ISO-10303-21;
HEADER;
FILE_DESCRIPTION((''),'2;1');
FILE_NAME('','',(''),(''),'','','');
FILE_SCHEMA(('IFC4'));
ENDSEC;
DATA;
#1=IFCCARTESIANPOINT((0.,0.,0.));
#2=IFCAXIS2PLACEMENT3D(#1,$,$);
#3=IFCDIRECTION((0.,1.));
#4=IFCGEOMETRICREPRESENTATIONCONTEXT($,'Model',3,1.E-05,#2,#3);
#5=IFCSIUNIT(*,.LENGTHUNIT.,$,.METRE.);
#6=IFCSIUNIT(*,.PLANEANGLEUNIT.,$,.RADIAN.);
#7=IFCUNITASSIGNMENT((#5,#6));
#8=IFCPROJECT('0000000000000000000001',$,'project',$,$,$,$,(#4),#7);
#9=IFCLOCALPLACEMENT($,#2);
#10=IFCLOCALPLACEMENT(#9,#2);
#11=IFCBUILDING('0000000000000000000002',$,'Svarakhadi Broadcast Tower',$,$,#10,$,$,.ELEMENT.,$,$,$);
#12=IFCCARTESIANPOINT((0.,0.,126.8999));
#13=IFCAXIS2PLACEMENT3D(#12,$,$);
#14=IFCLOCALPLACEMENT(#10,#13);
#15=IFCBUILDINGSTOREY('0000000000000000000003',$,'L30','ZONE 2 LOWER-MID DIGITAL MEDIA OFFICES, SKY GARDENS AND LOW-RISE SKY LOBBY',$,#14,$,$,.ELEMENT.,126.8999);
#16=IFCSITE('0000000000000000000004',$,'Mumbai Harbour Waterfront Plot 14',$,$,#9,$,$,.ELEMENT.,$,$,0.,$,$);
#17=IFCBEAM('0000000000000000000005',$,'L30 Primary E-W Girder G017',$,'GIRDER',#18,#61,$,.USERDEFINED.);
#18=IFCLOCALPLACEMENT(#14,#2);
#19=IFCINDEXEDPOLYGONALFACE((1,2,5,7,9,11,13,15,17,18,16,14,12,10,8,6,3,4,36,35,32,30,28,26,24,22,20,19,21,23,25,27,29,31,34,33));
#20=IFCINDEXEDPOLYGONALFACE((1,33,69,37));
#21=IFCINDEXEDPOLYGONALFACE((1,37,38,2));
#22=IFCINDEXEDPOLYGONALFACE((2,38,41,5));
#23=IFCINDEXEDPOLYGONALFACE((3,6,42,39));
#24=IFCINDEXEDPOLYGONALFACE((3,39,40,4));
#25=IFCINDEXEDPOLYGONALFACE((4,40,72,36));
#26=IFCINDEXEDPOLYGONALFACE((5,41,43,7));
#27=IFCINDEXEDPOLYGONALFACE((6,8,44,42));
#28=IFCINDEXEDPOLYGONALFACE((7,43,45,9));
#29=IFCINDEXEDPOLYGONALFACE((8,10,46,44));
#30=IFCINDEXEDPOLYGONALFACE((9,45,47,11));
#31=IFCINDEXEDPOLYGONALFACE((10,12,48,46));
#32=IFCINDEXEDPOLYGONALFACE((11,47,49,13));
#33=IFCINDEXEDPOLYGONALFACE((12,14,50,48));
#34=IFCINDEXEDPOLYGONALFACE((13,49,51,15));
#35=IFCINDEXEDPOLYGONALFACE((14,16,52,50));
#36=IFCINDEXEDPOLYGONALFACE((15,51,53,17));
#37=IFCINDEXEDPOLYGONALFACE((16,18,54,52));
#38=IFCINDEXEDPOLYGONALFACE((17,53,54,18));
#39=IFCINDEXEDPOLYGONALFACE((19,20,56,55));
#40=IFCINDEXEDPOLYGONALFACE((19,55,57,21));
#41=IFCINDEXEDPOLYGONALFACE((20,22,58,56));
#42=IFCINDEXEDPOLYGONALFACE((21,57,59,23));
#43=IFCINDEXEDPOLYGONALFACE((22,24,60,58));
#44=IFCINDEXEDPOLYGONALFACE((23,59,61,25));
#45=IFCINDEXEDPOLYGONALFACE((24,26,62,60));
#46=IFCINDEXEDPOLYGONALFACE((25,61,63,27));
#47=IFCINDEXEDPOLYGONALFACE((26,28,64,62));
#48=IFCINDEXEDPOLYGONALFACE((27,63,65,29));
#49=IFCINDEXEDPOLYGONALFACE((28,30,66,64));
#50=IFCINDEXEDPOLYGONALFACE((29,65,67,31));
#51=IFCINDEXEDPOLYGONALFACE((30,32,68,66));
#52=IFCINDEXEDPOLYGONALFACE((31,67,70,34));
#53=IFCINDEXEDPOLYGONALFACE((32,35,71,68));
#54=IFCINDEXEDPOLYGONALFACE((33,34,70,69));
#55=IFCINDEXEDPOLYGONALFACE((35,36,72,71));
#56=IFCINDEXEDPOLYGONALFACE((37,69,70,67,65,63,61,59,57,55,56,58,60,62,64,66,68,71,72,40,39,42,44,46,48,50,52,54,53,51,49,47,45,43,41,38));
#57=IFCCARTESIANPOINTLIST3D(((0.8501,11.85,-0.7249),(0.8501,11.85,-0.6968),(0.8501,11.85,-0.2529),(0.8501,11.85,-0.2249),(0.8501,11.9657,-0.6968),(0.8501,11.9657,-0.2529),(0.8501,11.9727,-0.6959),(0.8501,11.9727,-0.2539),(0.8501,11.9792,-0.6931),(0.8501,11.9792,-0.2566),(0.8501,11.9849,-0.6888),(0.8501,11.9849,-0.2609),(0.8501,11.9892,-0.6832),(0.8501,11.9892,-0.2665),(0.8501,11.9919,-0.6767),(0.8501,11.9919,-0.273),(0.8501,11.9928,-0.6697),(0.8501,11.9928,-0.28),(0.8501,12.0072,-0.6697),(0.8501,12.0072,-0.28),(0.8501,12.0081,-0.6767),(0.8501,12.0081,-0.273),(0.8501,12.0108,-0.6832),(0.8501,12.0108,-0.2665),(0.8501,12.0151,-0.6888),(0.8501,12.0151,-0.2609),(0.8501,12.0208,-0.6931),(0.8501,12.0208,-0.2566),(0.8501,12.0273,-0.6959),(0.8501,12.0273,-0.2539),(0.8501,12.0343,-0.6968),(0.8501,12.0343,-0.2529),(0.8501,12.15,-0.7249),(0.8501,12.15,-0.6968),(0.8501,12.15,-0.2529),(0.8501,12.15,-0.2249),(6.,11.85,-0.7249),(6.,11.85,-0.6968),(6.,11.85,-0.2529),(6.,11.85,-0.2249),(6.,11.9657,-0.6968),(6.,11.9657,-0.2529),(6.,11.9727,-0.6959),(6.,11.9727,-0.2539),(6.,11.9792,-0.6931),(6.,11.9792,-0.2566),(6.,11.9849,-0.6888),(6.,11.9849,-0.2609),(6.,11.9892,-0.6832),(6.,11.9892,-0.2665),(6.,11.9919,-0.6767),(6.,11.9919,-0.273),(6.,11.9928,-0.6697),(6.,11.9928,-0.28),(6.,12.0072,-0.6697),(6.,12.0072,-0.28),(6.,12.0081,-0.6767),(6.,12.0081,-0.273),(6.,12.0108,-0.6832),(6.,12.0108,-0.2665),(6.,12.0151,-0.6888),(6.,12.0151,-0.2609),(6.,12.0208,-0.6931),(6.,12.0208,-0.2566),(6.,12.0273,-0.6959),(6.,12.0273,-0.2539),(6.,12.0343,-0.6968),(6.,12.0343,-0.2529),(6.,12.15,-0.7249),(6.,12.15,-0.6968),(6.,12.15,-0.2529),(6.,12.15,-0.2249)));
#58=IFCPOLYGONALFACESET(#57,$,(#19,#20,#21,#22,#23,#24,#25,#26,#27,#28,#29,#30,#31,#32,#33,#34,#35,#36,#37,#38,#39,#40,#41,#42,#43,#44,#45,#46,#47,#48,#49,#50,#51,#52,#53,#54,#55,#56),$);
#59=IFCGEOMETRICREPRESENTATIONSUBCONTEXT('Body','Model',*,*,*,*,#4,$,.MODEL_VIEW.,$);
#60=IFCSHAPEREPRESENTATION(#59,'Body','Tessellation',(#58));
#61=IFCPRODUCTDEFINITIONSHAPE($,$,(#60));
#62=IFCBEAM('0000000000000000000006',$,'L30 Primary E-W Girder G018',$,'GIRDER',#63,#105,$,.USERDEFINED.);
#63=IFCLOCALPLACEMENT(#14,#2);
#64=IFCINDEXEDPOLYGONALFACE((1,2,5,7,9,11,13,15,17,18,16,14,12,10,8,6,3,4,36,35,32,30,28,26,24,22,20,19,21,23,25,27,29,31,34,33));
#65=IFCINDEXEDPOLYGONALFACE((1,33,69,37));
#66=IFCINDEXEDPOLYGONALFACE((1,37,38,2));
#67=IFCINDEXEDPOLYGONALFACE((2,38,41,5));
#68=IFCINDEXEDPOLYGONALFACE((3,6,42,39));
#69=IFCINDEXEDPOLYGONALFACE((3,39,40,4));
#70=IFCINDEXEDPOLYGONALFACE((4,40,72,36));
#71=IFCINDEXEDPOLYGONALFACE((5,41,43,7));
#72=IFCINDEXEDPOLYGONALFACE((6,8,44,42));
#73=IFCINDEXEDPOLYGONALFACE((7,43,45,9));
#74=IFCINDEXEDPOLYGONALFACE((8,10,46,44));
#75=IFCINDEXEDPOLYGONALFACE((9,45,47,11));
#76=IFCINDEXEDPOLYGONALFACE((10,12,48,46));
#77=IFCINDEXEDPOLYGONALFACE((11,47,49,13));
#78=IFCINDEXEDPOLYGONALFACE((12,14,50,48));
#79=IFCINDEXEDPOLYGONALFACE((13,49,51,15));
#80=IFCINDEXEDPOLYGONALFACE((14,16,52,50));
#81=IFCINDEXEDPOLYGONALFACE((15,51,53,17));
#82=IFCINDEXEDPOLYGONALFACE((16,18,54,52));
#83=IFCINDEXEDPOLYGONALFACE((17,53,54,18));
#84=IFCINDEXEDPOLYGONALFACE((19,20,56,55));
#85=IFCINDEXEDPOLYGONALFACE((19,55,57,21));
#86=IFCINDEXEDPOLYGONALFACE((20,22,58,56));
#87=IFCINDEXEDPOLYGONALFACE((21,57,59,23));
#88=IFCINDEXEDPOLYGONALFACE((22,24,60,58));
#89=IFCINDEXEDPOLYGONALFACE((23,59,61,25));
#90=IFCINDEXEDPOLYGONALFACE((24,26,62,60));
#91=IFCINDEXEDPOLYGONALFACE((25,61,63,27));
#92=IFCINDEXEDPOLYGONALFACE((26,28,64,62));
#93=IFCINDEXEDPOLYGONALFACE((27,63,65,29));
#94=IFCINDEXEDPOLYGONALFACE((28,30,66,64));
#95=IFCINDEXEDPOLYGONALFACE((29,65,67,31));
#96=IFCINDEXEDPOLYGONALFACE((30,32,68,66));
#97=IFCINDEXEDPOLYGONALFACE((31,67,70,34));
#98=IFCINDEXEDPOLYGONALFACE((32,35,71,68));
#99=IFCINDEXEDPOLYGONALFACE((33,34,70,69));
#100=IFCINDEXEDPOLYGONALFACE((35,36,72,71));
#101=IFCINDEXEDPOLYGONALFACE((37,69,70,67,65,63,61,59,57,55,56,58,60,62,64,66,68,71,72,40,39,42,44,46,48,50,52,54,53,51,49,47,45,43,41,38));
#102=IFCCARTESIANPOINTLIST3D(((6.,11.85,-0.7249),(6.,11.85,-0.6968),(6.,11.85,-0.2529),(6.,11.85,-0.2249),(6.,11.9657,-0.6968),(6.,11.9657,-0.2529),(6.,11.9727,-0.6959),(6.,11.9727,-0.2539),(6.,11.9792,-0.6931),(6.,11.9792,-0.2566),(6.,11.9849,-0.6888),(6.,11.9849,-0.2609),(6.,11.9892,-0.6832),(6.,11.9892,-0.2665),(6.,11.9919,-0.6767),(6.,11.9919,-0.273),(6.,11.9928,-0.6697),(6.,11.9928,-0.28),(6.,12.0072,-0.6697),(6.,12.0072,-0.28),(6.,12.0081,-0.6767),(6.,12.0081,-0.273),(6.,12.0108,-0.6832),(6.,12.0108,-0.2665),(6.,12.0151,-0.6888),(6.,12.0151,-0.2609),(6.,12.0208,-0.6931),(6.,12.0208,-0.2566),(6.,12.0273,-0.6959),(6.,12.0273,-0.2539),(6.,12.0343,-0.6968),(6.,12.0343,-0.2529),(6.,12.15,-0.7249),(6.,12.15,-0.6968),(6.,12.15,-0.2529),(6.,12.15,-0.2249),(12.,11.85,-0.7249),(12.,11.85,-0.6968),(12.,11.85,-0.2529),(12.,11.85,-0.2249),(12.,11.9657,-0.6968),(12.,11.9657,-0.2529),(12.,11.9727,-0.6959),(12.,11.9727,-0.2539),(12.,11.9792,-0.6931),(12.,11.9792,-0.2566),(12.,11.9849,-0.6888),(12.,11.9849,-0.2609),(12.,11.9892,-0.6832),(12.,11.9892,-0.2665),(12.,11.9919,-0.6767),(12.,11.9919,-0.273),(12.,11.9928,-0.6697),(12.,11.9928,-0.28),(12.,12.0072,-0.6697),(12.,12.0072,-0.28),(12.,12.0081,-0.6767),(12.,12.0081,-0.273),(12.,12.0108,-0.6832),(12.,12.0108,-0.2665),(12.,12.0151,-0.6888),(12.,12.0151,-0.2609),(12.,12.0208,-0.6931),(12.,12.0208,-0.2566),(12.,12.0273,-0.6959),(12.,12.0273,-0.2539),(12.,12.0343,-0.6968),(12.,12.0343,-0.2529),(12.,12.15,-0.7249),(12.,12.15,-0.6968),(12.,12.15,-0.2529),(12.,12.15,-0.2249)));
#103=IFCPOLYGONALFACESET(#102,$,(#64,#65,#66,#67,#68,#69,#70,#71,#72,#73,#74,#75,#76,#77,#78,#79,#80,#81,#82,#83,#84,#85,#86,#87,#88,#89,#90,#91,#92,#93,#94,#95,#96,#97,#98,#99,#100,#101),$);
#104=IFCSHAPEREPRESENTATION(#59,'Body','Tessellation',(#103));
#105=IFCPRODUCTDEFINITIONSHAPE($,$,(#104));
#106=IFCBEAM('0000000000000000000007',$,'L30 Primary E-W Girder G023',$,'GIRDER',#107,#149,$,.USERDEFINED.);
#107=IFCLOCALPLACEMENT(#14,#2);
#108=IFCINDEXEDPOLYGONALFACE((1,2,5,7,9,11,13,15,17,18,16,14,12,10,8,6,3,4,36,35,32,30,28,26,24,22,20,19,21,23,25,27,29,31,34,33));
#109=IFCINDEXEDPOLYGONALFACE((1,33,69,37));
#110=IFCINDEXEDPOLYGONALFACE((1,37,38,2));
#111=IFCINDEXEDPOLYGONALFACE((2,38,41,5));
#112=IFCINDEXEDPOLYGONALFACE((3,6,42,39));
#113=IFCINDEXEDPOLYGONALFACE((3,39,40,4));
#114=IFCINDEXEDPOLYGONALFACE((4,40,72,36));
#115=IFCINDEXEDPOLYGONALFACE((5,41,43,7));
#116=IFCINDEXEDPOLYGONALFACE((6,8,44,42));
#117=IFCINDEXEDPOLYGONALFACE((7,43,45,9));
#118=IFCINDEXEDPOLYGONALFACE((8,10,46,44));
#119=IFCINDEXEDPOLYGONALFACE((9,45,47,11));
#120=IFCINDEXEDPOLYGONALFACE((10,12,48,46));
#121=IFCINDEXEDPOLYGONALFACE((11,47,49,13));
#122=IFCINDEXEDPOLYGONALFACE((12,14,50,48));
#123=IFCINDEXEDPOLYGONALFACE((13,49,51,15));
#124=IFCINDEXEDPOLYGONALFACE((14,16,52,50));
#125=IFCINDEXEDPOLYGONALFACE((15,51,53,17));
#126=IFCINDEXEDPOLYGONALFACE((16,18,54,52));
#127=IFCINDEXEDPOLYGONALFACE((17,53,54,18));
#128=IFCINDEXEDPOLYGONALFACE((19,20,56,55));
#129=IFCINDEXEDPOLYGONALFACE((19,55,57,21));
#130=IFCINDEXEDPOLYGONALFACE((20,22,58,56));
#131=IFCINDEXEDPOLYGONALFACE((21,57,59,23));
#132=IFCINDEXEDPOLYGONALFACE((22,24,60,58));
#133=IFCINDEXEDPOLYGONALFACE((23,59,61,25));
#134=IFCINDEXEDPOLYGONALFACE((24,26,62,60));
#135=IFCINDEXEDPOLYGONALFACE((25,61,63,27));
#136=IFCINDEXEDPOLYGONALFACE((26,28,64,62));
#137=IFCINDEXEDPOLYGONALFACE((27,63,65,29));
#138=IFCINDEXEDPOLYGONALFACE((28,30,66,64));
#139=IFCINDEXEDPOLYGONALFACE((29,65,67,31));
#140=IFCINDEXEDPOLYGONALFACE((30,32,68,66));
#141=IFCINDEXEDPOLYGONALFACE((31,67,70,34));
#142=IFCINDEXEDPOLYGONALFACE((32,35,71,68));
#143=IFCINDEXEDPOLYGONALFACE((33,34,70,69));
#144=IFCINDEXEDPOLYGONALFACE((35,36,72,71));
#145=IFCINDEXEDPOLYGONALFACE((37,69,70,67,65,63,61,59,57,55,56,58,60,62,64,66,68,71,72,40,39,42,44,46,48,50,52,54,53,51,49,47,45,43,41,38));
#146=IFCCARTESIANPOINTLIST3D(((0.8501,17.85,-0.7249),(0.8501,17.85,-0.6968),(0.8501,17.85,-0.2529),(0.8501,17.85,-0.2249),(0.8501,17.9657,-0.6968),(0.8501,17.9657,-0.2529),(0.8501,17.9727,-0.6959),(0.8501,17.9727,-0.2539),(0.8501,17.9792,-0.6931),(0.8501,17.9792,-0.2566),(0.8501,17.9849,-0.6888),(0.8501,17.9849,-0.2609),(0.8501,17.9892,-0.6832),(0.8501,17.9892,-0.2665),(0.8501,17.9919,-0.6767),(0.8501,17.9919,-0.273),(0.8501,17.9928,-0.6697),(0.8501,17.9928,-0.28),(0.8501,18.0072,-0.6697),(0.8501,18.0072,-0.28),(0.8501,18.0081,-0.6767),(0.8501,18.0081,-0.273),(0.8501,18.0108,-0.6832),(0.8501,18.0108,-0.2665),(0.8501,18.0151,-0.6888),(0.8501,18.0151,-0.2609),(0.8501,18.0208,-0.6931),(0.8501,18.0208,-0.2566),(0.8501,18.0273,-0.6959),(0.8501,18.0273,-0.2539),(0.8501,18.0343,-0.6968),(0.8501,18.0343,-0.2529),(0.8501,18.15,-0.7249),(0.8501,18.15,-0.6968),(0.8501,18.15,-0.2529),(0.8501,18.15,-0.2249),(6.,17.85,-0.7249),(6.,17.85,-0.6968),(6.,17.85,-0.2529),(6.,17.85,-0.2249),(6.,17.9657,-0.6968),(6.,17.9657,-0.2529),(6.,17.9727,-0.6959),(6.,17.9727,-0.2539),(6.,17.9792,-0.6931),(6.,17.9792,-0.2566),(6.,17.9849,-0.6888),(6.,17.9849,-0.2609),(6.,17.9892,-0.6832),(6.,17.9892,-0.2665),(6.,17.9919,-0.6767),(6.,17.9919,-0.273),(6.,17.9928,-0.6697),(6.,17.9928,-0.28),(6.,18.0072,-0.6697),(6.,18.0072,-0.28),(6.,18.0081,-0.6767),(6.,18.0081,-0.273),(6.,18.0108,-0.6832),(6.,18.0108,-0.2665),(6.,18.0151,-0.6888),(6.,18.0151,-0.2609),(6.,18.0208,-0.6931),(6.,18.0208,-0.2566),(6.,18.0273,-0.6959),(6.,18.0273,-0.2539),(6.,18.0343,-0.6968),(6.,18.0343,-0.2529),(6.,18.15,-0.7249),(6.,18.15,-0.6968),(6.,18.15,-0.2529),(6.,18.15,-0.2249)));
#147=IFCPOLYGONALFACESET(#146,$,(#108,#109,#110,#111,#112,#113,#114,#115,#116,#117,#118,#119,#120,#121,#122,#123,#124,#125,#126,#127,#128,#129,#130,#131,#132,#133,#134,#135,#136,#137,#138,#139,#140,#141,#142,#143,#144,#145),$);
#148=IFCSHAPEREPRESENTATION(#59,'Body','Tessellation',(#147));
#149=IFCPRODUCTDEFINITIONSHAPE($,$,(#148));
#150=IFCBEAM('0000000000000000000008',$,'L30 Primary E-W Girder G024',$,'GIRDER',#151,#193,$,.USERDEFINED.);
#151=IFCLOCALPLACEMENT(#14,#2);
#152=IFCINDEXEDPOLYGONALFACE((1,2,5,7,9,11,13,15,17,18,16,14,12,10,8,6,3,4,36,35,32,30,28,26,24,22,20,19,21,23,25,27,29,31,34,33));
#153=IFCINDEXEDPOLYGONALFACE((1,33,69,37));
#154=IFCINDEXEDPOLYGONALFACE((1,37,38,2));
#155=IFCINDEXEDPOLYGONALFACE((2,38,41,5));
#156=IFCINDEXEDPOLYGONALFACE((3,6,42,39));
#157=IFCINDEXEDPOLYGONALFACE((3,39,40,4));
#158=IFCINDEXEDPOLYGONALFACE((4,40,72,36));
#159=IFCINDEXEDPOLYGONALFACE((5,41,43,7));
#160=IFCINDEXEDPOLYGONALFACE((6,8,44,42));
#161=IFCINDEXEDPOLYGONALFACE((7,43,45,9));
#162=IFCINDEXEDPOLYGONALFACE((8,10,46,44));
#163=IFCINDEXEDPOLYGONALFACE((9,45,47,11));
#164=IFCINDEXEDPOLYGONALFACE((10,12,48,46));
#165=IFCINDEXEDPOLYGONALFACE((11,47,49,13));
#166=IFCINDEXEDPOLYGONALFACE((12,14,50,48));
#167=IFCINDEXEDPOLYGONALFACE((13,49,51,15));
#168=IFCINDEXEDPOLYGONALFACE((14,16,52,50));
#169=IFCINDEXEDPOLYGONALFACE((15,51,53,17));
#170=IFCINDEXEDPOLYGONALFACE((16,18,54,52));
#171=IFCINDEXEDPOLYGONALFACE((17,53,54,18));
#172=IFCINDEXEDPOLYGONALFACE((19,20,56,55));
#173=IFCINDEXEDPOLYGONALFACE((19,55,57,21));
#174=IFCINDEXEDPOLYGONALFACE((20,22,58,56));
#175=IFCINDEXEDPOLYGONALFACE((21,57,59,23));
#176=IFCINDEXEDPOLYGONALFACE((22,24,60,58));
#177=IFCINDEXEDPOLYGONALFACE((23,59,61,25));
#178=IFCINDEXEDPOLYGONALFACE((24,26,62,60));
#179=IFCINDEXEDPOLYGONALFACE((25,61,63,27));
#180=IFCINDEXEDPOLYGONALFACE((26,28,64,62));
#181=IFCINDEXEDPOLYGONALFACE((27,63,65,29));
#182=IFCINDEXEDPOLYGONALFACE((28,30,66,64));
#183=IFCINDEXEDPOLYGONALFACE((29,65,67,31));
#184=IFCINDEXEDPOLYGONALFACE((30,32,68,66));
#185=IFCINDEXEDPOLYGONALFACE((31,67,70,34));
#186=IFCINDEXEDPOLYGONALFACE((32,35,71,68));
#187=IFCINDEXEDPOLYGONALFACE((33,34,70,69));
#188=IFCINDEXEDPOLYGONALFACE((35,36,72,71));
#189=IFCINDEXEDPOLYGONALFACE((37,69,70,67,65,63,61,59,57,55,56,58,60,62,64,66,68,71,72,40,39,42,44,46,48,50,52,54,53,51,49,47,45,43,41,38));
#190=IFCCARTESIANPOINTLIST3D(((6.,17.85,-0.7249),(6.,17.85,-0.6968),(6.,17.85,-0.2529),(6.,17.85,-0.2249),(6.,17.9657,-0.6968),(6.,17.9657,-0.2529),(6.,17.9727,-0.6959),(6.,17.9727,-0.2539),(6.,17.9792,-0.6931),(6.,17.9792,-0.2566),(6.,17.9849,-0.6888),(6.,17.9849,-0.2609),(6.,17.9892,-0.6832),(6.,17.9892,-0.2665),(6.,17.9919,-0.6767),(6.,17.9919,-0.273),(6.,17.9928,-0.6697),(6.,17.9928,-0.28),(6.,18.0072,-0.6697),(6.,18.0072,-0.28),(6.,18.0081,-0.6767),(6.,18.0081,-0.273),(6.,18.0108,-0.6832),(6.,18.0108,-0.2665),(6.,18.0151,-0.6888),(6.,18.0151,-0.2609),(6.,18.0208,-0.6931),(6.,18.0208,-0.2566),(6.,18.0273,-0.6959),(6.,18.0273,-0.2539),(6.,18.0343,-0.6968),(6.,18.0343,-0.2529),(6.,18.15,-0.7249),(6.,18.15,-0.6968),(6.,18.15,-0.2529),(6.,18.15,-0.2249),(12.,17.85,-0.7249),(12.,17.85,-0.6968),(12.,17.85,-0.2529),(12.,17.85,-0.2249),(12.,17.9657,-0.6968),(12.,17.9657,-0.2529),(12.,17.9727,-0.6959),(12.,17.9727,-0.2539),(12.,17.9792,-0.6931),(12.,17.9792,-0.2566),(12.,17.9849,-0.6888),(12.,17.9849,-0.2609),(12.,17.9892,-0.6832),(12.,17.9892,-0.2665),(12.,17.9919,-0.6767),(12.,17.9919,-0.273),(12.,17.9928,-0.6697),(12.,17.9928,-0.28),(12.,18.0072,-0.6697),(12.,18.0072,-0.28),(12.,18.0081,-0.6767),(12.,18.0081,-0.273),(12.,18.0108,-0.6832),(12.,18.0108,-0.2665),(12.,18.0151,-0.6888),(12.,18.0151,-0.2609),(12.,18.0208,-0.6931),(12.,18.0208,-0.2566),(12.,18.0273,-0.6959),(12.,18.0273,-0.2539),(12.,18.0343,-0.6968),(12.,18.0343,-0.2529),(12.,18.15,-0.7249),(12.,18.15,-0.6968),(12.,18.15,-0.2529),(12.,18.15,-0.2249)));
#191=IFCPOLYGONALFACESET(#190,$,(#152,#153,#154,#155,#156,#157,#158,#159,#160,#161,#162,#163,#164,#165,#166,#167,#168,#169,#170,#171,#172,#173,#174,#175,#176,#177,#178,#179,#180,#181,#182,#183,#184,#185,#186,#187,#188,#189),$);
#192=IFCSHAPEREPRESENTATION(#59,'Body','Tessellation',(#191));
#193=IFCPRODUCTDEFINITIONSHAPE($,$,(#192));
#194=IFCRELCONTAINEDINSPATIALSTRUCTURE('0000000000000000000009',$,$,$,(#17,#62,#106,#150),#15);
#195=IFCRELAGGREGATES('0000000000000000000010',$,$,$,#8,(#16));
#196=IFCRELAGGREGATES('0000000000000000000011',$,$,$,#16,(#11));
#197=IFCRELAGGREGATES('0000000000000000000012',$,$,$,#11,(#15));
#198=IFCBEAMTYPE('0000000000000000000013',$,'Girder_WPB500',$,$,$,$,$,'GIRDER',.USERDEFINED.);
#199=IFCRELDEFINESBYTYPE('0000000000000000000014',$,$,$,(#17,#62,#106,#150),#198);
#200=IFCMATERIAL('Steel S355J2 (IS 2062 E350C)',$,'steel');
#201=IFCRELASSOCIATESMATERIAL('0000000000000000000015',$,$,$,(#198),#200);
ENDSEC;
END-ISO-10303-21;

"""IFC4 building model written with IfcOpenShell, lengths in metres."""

from ifc_helpers import new_model, si_unit, direction, frame, origin, origin_2d, place, context, subcontext, project, spatial, i_section, extrude, material, material_profile, profile_set, type_object, element, save


model = new_model("IFC4")

# Units and contexts
model_context = context("Model", 3, precision=1e-05, world=origin(), true_north=direction((0.0, 1.0)))
body_context = subcontext(model_context, "Body", "Model", "MODEL_VIEW")
ifc_project = project(units=[si_unit("LENGTHUNIT", "METRE"), si_unit("PLANEANGLEUNIT", "RADIAN")], contexts=[model_context])

# Site, building, storey
site_placement = place(None, origin())
site = spatial("IfcSite", under=ifc_project, at=site_placement, Name="Mumbai Harbour Waterfront Plot 14", CompositionType="ELEMENT", RefElevation=0.0)
building_placement = place(site_placement, origin())
building = spatial("IfcBuilding", under=site, at=building_placement, Name="Svarakhadi Broadcast Tower", CompositionType="ELEMENT")
storey_placement = place(building_placement, frame((0.0, 0.0, 126.8999)))
storey = spatial("IfcBuildingStorey", under=building, at=storey_placement, Name="L30", Description="ZONE 2 LOWER-MID DIGITAL MEDIA OFFICES, SKY GARDENS AND LOW-RISE SKY LOBBY", CompositionType="ELEMENT", Elevation=126.8999)

# Shared definitions
ifc_material_1 = material(Name="Steel S355J2 (IS 2062 E350C)", Category="steel")

# Beams
ifc_material_profile_1 = material_profile(ifc_material_1, i_section(OverallWidth=0.3, OverallDepth=0.5, WebThickness=0.0144, FlangeThickness=0.0281, FilletRadius=0.0271, at=origin_2d()), Name="WPB 500x300x187")
ifc_profile_set_1 = profile_set([ifc_material_profile_1], Name="Steel S355J2 (IS 2062 E350C)")
beam_type_1 = type_object("IfcBeamType", Name="Girder_WPB500", ElementType="GIRDER", PredefinedType="USERDEFINED", material=ifc_profile_set_1)
beam_1_placement = place(storey_placement, frame((0.8501, 12.0, -0.4749), z_axis=(1.0, 0.0, 0.0), x_axis=(0.0, 1.0, 0.0)))
element("IfcBeam", 1, at=beam_1_placement, inside=storey, type_object=beam_type_1, Name="L30 Primary E-W Girder G017", ObjectType="GIRDER", PredefinedType="USERDEFINED", context=body_context, shape_type="SweptSolid", body=[
    extrude(i_section(OverallWidth=0.3, OverallDepth=0.5, WebThickness=0.0144, FlangeThickness=0.0281, FilletRadius=0.0271, at=origin_2d()), origin(), (0.0, 0.0, 1.0), 5.1499),
])
beam_2_placement = place(storey_placement, frame((6.0, 12.0, -0.4749), z_axis=(1.0, 0.0, 0.0), x_axis=(0.0, 1.0, 0.0)))
element("IfcBeam", 2, at=beam_2_placement, inside=storey, type_object=beam_type_1, Name="L30 Primary E-W Girder G018", ObjectType="GIRDER", PredefinedType="USERDEFINED", context=body_context, shape_type="SweptSolid", body=[
    extrude(i_section(OverallWidth=0.3, OverallDepth=0.5, WebThickness=0.0144, FlangeThickness=0.0281, FilletRadius=0.0271, at=origin_2d()), origin(), (0.0, 0.0, 1.0), 6.0),
])
beam_3_placement = place(storey_placement, frame((0.8501, 18.0, -0.4749), z_axis=(1.0, 0.0, 0.0), x_axis=(0.0, 1.0, 0.0)))
element("IfcBeam", 3, at=beam_3_placement, inside=storey, type_object=beam_type_1, Name="L30 Primary E-W Girder G023", ObjectType="GIRDER", PredefinedType="USERDEFINED", context=body_context, shape_type="SweptSolid", body=[
    extrude(i_section(OverallWidth=0.3, OverallDepth=0.5, WebThickness=0.0144, FlangeThickness=0.0281, FilletRadius=0.0271, at=origin_2d()), origin(), (0.0, 0.0, 1.0), 5.1499),
])
for number, where, z_axis, x_axis, name in (
    (4, (6.0, 18.0, -0.4749), (1.0, 0.0, 0.0), (0.0, 1.0, 0.0), "L30 Primary E-W Girder G024"),
):
    element("IfcBeam", number, at=place(storey_placement, frame(where, z_axis=z_axis, x_axis=x_axis)), inside=storey, type_object=beam_type_1, Name=name, ObjectType="GIRDER", PredefinedType="USERDEFINED", context=body_context, shape_type="SweptSolid", body=[
        extrude(i_section(OverallWidth=0.3, OverallDepth=0.5, WebThickness=0.0144, FlangeThickness=0.0281, FilletRadius=0.0271, at=origin_2d()), origin(), (0.0, 0.0, 1.0), 6.0),
    ])

save(model, "model.ifc")
